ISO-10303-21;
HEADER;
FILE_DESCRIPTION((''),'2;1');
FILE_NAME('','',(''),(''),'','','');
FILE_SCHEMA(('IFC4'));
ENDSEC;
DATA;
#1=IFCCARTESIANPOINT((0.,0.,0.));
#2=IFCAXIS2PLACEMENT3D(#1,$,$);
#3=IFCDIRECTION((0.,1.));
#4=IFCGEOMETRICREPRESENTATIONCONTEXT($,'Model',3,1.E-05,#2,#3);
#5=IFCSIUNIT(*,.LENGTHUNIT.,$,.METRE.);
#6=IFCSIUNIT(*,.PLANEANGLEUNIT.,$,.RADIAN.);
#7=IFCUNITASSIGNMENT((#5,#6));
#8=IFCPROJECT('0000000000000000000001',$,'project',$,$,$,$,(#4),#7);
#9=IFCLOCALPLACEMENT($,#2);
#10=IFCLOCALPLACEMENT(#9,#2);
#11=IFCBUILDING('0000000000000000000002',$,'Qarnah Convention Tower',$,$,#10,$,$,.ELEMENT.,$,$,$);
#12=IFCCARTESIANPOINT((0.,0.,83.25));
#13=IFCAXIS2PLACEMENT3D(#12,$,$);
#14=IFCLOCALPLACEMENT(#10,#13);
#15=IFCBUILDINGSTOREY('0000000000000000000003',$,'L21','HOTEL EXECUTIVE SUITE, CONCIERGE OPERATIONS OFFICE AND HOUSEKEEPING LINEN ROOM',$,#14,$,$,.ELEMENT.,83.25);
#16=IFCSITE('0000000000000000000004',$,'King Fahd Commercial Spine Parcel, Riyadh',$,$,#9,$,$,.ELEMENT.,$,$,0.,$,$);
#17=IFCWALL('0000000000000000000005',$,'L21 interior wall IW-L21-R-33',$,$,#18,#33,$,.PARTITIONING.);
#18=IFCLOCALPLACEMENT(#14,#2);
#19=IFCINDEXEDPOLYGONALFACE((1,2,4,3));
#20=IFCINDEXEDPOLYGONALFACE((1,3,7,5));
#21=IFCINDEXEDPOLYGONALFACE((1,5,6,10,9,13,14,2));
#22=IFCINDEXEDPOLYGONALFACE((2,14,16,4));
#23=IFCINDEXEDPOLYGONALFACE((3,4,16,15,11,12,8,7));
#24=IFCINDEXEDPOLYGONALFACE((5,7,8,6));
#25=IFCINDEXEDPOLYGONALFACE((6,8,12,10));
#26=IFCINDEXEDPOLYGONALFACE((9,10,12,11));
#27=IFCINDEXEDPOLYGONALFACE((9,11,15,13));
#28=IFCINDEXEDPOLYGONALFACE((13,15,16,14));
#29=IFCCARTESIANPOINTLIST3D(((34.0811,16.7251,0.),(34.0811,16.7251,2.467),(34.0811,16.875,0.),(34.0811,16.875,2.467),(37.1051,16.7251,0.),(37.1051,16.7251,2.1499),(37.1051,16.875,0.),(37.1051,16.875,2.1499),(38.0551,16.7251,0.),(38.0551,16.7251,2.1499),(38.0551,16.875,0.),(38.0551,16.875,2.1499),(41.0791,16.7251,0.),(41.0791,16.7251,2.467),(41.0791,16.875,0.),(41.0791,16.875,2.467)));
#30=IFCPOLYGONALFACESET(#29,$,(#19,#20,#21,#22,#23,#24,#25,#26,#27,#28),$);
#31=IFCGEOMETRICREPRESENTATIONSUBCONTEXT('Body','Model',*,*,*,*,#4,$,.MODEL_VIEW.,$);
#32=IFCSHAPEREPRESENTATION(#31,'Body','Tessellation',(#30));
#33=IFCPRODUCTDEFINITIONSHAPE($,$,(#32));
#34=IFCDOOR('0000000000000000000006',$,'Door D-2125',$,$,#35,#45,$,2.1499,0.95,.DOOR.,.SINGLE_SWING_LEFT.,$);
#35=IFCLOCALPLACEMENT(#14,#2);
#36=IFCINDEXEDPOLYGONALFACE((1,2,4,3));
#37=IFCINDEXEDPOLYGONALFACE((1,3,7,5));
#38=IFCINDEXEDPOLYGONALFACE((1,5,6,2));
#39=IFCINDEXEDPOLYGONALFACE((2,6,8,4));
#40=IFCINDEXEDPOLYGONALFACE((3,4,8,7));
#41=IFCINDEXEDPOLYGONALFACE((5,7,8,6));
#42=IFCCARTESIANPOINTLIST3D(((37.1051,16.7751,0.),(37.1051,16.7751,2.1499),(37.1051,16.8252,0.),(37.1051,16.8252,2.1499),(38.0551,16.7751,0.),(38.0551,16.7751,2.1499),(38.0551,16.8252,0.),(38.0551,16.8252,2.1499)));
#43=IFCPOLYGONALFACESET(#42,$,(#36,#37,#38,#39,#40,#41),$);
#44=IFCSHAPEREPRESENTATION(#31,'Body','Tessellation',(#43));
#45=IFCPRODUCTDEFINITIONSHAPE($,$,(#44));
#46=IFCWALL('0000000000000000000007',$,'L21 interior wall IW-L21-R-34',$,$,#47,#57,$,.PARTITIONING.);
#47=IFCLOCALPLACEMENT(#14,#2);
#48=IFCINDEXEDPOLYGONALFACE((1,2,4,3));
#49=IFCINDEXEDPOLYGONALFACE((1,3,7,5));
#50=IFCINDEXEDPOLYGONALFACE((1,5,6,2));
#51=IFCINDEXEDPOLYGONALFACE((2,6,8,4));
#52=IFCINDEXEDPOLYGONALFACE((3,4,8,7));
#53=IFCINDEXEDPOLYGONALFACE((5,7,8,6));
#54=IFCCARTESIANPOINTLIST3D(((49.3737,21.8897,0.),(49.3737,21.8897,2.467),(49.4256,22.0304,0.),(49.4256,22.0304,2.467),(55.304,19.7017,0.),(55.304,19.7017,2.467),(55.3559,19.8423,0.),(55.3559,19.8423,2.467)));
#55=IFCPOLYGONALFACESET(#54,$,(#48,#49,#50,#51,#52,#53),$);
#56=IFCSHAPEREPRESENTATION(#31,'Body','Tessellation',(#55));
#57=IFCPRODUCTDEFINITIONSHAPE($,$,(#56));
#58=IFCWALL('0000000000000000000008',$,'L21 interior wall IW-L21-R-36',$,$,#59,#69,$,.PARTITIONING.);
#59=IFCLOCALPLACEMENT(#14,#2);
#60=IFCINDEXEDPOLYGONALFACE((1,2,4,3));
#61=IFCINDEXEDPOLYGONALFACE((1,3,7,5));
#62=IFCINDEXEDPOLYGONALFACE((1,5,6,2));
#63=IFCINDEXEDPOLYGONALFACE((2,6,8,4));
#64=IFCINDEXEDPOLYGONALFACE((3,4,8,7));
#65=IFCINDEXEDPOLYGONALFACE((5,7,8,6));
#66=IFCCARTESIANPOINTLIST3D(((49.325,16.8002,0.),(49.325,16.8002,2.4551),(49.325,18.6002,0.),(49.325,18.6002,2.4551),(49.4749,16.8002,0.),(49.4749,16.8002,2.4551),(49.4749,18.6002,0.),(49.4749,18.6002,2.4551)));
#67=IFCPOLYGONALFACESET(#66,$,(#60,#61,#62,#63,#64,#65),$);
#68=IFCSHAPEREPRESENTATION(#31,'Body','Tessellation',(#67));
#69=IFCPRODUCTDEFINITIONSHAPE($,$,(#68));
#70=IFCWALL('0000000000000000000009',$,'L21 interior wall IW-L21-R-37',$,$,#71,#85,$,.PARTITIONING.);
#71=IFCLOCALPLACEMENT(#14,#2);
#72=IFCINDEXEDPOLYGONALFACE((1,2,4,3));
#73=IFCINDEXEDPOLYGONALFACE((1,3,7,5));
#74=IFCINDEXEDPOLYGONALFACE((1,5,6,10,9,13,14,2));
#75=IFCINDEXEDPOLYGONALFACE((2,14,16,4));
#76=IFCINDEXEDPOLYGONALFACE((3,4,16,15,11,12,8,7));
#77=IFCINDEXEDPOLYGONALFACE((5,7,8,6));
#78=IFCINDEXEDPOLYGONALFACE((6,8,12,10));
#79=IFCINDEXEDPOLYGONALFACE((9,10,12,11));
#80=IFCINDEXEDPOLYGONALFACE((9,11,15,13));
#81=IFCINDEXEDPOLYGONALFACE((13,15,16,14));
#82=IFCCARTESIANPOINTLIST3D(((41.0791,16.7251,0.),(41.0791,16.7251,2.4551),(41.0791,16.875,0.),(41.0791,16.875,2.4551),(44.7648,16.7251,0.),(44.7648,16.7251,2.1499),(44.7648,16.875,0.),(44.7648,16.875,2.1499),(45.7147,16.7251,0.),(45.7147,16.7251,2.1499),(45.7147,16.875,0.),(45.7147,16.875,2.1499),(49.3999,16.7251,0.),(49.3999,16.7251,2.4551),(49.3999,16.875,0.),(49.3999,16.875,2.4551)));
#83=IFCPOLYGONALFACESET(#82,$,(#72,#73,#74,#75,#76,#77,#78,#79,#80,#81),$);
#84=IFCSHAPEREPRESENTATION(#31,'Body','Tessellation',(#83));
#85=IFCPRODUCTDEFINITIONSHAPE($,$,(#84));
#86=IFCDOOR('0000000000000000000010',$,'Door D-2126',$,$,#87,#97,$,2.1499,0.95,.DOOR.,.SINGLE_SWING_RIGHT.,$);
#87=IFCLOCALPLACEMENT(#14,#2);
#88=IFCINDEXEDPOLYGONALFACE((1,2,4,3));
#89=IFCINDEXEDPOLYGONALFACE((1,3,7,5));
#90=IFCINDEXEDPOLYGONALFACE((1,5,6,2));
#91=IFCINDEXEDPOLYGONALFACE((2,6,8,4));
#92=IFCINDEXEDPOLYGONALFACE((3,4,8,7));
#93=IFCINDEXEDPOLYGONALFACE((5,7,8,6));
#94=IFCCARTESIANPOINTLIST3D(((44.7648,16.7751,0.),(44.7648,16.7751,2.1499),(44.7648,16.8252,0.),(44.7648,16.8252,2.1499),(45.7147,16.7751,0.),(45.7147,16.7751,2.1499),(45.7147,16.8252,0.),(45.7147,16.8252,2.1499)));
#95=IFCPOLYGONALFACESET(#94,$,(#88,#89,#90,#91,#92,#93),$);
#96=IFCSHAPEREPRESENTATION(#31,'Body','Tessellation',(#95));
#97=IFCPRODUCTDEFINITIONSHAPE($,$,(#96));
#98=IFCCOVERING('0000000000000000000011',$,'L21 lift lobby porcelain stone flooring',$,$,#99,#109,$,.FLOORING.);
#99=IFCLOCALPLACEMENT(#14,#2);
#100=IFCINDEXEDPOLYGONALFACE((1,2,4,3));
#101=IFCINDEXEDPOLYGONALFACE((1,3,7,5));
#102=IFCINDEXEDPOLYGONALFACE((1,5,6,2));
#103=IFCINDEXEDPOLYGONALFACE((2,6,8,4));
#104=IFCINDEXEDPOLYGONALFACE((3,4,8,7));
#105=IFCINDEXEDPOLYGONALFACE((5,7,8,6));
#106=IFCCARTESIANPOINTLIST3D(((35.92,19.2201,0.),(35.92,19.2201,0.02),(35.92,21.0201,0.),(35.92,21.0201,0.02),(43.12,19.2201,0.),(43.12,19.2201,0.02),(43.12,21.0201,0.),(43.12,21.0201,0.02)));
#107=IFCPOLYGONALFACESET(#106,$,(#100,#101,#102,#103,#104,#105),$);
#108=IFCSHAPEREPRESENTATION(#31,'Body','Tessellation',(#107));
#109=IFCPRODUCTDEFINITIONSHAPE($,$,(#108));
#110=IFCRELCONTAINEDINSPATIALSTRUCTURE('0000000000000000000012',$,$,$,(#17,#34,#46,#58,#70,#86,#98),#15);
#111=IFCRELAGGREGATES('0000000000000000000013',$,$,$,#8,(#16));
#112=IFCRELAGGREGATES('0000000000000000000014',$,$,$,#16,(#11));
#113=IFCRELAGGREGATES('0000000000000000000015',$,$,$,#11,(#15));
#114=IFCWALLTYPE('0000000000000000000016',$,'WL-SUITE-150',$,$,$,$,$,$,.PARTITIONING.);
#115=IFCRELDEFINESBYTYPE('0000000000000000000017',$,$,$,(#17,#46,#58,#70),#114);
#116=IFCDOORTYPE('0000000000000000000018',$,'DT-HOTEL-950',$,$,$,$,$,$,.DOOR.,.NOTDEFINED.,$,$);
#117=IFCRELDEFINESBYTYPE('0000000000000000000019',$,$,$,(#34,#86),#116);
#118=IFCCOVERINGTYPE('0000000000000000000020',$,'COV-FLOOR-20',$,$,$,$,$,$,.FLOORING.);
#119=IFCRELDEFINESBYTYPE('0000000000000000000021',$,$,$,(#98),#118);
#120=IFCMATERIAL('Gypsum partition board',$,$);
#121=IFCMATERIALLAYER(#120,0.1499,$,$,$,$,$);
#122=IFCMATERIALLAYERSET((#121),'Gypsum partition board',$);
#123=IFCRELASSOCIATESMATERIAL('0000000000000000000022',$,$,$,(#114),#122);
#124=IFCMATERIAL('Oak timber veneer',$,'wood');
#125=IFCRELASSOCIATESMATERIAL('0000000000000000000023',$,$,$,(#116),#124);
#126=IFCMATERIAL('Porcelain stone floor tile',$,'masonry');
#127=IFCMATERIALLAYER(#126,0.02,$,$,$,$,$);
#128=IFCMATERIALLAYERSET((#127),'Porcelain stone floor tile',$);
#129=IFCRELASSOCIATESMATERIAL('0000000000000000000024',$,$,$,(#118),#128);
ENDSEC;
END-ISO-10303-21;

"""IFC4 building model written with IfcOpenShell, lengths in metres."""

from ifc_helpers import new_model, si_unit, direction, frame, frame_2d, origin, origin_2d, place, context, subcontext, project, spatial, rectangle, extrude, material, layer, layer_set, type_object, element, fill, save


model = new_model("IFC4")

# Units and contexts
model_context = context("Model", 3, precision=1e-05, world=origin(), true_north=direction((0.0, 1.0)))
body_context = subcontext(model_context, "Body", "Model", "MODEL_VIEW")
ifc_project = project(units=[si_unit("LENGTHUNIT", "METRE"), si_unit("PLANEANGLEUNIT", "RADIAN")], contexts=[model_context])

# Site, building, storey
site_placement = place(None, origin())
site = spatial("IfcSite", under=ifc_project, at=site_placement, Name="King Fahd Commercial Spine Parcel, Riyadh", CompositionType="ELEMENT", RefElevation=0.0)
building_placement = place(site_placement, origin())
building = spatial("IfcBuilding", under=site, at=building_placement, Name="Qarnah Convention Tower", CompositionType="ELEMENT")
storey_placement = place(building_placement, frame((0.0, 0.0, 83.25)))
storey = spatial("IfcBuildingStorey", under=building, at=storey_placement, Name="L21", Description="HOTEL EXECUTIVE SUITE, CONCIERGE OPERATIONS OFFICE AND HOUSEKEEPING LINEN ROOM", CompositionType="ELEMENT", Elevation=83.25)

# Shared definitions
ifc_material_1 = material(Name="Gypsum partition board")
ifc_layer_1 = layer(ifc_material_1, 0.1499)
ifc_layer_set_1 = layer_set([ifc_layer_1], Name="Gypsum partition board")
wall_type_1 = type_object("IfcWallType", Name="WL-SUITE-150", PredefinedType="PARTITIONING", material=ifc_layer_set_1)

# Wall, opening, door
wall_1_placement = place(storey_placement, frame((41.0791, 16.8, 0.0), z_axis=(0.0, 0.0, 1.0), x_axis=(-1.0, 0.0, 0.0)))
wall_1 = element("IfcWall", 1, at=wall_1_placement, inside=storey, type_object=wall_type_1, Name="L21 interior wall IW-L21-R-33", PredefinedType="PARTITIONING", context=body_context, shape_type="SweptSolid", body=[
    extrude(rectangle(XDim=6.998, YDim=0.1499, at=frame_2d((3.499, 0.0))), origin(), (0.0, 0.0, 1.0), 2.467),
])
opening_1_placement = place(wall_1_placement, frame((3.0239, 0.0, 0.0)))
opening_1 = element("IfcOpeningElement", 2, at=opening_1_placement, cuts=wall_1, PredefinedType="OPENING", context=body_context, shape_type="SweptSolid", body=[
    extrude(rectangle(XDim=0.95, YDim=2.1499, at=frame_2d((0.4751, 1.075))), frame((0.0, 0.085, 0.0), z_axis=(0.0, -1.0, 0.0), x_axis=(1.0, 0.0, 0.0)), (0.0, 0.0, 1.0), 0.1699),
])
ifc_material_2 = material(Name="Oak timber veneer", Category="wood")
door_type_1 = type_object("IfcDoorType", Name="DT-HOTEL-950", OperationType="NOTDEFINED", PredefinedType="DOOR", material=ifc_material_2)
door_1_placement = place(opening_1_placement, origin())
door_1 = element("IfcDoor", 3, at=door_1_placement, inside=storey, type_object=door_type_1, Name="Door D-2125", OperationType="SINGLE_SWING_LEFT", OverallHeight=2.1499, OverallWidth=0.95, PredefinedType="DOOR", context=body_context, shape_type="SweptSolid", body=[
    extrude(rectangle(XDim=0.95, YDim=2.1499, at=frame_2d((0.4751, 1.075))), frame((0.0, 0.0249, 0.0), z_axis=(0.0, -1.0, 0.0), x_axis=(1.0, 0.0, 0.0)), (0.0, 0.0, 1.0), 0.05),
])
fill(opening_1, door_1)

# Walls
wall_2_placement = place(storey_placement, frame((55.3301, 19.772, 0.0), z_axis=(0.0, 0.0, 1.0), x_axis=(-0.938179, 0.346149, 0.0)))
element("IfcWall", 4, at=wall_2_placement, inside=storey, type_object=wall_type_1, Name="L21 interior wall IW-L21-R-34", PredefinedType="PARTITIONING", context=body_context, shape_type="SweptSolid", body=[
    extrude(rectangle(XDim=6.321, YDim=0.1499, at=frame_2d((3.1606, 0.0))), origin(), (0.0, 0.0, 1.0), 2.467),
])
wall_3_placement = place(storey_placement, frame((49.3999, 18.6001, 0.0), z_axis=(0.0, 0.0, 1.0), x_axis=(0.0, -1.0, 0.0)))
element("IfcWall", 5, at=wall_3_placement, inside=storey, type_object=wall_type_1, Name="L21 interior wall IW-L21-R-36", PredefinedType="PARTITIONING", context=body_context, shape_type="SweptSolid", body=[
    extrude(rectangle(XDim=1.8, YDim=0.1499, at=frame_2d((0.8999, 0.0))), origin(), (0.0, 0.0, 1.0), 2.4551),
])

# Wall, opening, door
wall_4_placement = place(storey_placement, frame((49.3999, 16.8, 0.0), z_axis=(0.0, 0.0, 1.0), x_axis=(-1.0, 0.0, 0.0)))
wall_4 = element("IfcWall", 6, at=wall_4_placement, inside=storey, type_object=wall_type_1, Name="L21 interior wall IW-L21-R-37", PredefinedType="PARTITIONING", context=body_context, shape_type="SweptSolid", body=[
    extrude(rectangle(XDim=8.3208, YDim=0.1499, at=frame_2d((4.1604, 0.0))), origin(), (0.0, 0.0, 1.0), 2.4551),
])
opening_2_placement = place(wall_4_placement, frame((3.6851, 0.0, 0.0)))
opening_2 = element("IfcOpeningElement", 7, at=opening_2_placement, cuts=wall_4, PredefinedType="OPENING", context=body_context, shape_type="SweptSolid", body=[
    extrude(rectangle(XDim=0.95, YDim=2.1499, at=frame_2d((0.4751, 1.075))), frame((0.0, 0.085, 0.0), z_axis=(0.0, -1.0, 0.0), x_axis=(1.0, 0.0, 0.0)), (0.0, 0.0, 1.0), 0.1699),
])
door_2_placement = place(opening_2_placement, origin())
door_2 = element("IfcDoor", 8, at=door_2_placement, inside=storey, type_object=door_type_1, Name="Door D-2126", OperationType="SINGLE_SWING_RIGHT", OverallHeight=2.1499, OverallWidth=0.95, PredefinedType="DOOR", context=body_context, shape_type="SweptSolid", body=[
    extrude(rectangle(XDim=0.95, YDim=2.1499, at=frame_2d((0.4751, 1.075))), frame((0.0, 0.0249, 0.0), z_axis=(0.0, -1.0, 0.0), x_axis=(1.0, 0.0, 0.0)), (0.0, 0.0, 1.0), 0.05),
])
fill(opening_2, door_2)

# Covering
ifc_material_3 = material(Name="Porcelain stone floor tile", Category="masonry")
ifc_layer_2 = layer(ifc_material_3, 0.02)
ifc_layer_set_2 = layer_set([ifc_layer_2], Name="Porcelain stone floor tile")
covering_type = type_object("IfcCoveringType", Name="COV-FLOOR-20", PredefinedType="FLOORING", material=ifc_layer_set_2)
covering_placement = place(storey_placement, frame((39.52, 20.1201, 0.0), z_axis=(0.0, 0.0, 1.0), x_axis=(1.0, 0.0, 0.0)))
element("IfcCovering", 9, at=covering_placement, inside=storey, type_object=covering_type, Name="L21 lift lobby porcelain stone flooring", PredefinedType="FLOORING", context=body_context, shape_type="SweptSolid", body=[
    extrude(rectangle(XDim=7.2, YDim=1.8, at=origin_2d()), origin(), (0.0, 0.0, 1.0), 0.02),
])

save(model, "model.ifc")
